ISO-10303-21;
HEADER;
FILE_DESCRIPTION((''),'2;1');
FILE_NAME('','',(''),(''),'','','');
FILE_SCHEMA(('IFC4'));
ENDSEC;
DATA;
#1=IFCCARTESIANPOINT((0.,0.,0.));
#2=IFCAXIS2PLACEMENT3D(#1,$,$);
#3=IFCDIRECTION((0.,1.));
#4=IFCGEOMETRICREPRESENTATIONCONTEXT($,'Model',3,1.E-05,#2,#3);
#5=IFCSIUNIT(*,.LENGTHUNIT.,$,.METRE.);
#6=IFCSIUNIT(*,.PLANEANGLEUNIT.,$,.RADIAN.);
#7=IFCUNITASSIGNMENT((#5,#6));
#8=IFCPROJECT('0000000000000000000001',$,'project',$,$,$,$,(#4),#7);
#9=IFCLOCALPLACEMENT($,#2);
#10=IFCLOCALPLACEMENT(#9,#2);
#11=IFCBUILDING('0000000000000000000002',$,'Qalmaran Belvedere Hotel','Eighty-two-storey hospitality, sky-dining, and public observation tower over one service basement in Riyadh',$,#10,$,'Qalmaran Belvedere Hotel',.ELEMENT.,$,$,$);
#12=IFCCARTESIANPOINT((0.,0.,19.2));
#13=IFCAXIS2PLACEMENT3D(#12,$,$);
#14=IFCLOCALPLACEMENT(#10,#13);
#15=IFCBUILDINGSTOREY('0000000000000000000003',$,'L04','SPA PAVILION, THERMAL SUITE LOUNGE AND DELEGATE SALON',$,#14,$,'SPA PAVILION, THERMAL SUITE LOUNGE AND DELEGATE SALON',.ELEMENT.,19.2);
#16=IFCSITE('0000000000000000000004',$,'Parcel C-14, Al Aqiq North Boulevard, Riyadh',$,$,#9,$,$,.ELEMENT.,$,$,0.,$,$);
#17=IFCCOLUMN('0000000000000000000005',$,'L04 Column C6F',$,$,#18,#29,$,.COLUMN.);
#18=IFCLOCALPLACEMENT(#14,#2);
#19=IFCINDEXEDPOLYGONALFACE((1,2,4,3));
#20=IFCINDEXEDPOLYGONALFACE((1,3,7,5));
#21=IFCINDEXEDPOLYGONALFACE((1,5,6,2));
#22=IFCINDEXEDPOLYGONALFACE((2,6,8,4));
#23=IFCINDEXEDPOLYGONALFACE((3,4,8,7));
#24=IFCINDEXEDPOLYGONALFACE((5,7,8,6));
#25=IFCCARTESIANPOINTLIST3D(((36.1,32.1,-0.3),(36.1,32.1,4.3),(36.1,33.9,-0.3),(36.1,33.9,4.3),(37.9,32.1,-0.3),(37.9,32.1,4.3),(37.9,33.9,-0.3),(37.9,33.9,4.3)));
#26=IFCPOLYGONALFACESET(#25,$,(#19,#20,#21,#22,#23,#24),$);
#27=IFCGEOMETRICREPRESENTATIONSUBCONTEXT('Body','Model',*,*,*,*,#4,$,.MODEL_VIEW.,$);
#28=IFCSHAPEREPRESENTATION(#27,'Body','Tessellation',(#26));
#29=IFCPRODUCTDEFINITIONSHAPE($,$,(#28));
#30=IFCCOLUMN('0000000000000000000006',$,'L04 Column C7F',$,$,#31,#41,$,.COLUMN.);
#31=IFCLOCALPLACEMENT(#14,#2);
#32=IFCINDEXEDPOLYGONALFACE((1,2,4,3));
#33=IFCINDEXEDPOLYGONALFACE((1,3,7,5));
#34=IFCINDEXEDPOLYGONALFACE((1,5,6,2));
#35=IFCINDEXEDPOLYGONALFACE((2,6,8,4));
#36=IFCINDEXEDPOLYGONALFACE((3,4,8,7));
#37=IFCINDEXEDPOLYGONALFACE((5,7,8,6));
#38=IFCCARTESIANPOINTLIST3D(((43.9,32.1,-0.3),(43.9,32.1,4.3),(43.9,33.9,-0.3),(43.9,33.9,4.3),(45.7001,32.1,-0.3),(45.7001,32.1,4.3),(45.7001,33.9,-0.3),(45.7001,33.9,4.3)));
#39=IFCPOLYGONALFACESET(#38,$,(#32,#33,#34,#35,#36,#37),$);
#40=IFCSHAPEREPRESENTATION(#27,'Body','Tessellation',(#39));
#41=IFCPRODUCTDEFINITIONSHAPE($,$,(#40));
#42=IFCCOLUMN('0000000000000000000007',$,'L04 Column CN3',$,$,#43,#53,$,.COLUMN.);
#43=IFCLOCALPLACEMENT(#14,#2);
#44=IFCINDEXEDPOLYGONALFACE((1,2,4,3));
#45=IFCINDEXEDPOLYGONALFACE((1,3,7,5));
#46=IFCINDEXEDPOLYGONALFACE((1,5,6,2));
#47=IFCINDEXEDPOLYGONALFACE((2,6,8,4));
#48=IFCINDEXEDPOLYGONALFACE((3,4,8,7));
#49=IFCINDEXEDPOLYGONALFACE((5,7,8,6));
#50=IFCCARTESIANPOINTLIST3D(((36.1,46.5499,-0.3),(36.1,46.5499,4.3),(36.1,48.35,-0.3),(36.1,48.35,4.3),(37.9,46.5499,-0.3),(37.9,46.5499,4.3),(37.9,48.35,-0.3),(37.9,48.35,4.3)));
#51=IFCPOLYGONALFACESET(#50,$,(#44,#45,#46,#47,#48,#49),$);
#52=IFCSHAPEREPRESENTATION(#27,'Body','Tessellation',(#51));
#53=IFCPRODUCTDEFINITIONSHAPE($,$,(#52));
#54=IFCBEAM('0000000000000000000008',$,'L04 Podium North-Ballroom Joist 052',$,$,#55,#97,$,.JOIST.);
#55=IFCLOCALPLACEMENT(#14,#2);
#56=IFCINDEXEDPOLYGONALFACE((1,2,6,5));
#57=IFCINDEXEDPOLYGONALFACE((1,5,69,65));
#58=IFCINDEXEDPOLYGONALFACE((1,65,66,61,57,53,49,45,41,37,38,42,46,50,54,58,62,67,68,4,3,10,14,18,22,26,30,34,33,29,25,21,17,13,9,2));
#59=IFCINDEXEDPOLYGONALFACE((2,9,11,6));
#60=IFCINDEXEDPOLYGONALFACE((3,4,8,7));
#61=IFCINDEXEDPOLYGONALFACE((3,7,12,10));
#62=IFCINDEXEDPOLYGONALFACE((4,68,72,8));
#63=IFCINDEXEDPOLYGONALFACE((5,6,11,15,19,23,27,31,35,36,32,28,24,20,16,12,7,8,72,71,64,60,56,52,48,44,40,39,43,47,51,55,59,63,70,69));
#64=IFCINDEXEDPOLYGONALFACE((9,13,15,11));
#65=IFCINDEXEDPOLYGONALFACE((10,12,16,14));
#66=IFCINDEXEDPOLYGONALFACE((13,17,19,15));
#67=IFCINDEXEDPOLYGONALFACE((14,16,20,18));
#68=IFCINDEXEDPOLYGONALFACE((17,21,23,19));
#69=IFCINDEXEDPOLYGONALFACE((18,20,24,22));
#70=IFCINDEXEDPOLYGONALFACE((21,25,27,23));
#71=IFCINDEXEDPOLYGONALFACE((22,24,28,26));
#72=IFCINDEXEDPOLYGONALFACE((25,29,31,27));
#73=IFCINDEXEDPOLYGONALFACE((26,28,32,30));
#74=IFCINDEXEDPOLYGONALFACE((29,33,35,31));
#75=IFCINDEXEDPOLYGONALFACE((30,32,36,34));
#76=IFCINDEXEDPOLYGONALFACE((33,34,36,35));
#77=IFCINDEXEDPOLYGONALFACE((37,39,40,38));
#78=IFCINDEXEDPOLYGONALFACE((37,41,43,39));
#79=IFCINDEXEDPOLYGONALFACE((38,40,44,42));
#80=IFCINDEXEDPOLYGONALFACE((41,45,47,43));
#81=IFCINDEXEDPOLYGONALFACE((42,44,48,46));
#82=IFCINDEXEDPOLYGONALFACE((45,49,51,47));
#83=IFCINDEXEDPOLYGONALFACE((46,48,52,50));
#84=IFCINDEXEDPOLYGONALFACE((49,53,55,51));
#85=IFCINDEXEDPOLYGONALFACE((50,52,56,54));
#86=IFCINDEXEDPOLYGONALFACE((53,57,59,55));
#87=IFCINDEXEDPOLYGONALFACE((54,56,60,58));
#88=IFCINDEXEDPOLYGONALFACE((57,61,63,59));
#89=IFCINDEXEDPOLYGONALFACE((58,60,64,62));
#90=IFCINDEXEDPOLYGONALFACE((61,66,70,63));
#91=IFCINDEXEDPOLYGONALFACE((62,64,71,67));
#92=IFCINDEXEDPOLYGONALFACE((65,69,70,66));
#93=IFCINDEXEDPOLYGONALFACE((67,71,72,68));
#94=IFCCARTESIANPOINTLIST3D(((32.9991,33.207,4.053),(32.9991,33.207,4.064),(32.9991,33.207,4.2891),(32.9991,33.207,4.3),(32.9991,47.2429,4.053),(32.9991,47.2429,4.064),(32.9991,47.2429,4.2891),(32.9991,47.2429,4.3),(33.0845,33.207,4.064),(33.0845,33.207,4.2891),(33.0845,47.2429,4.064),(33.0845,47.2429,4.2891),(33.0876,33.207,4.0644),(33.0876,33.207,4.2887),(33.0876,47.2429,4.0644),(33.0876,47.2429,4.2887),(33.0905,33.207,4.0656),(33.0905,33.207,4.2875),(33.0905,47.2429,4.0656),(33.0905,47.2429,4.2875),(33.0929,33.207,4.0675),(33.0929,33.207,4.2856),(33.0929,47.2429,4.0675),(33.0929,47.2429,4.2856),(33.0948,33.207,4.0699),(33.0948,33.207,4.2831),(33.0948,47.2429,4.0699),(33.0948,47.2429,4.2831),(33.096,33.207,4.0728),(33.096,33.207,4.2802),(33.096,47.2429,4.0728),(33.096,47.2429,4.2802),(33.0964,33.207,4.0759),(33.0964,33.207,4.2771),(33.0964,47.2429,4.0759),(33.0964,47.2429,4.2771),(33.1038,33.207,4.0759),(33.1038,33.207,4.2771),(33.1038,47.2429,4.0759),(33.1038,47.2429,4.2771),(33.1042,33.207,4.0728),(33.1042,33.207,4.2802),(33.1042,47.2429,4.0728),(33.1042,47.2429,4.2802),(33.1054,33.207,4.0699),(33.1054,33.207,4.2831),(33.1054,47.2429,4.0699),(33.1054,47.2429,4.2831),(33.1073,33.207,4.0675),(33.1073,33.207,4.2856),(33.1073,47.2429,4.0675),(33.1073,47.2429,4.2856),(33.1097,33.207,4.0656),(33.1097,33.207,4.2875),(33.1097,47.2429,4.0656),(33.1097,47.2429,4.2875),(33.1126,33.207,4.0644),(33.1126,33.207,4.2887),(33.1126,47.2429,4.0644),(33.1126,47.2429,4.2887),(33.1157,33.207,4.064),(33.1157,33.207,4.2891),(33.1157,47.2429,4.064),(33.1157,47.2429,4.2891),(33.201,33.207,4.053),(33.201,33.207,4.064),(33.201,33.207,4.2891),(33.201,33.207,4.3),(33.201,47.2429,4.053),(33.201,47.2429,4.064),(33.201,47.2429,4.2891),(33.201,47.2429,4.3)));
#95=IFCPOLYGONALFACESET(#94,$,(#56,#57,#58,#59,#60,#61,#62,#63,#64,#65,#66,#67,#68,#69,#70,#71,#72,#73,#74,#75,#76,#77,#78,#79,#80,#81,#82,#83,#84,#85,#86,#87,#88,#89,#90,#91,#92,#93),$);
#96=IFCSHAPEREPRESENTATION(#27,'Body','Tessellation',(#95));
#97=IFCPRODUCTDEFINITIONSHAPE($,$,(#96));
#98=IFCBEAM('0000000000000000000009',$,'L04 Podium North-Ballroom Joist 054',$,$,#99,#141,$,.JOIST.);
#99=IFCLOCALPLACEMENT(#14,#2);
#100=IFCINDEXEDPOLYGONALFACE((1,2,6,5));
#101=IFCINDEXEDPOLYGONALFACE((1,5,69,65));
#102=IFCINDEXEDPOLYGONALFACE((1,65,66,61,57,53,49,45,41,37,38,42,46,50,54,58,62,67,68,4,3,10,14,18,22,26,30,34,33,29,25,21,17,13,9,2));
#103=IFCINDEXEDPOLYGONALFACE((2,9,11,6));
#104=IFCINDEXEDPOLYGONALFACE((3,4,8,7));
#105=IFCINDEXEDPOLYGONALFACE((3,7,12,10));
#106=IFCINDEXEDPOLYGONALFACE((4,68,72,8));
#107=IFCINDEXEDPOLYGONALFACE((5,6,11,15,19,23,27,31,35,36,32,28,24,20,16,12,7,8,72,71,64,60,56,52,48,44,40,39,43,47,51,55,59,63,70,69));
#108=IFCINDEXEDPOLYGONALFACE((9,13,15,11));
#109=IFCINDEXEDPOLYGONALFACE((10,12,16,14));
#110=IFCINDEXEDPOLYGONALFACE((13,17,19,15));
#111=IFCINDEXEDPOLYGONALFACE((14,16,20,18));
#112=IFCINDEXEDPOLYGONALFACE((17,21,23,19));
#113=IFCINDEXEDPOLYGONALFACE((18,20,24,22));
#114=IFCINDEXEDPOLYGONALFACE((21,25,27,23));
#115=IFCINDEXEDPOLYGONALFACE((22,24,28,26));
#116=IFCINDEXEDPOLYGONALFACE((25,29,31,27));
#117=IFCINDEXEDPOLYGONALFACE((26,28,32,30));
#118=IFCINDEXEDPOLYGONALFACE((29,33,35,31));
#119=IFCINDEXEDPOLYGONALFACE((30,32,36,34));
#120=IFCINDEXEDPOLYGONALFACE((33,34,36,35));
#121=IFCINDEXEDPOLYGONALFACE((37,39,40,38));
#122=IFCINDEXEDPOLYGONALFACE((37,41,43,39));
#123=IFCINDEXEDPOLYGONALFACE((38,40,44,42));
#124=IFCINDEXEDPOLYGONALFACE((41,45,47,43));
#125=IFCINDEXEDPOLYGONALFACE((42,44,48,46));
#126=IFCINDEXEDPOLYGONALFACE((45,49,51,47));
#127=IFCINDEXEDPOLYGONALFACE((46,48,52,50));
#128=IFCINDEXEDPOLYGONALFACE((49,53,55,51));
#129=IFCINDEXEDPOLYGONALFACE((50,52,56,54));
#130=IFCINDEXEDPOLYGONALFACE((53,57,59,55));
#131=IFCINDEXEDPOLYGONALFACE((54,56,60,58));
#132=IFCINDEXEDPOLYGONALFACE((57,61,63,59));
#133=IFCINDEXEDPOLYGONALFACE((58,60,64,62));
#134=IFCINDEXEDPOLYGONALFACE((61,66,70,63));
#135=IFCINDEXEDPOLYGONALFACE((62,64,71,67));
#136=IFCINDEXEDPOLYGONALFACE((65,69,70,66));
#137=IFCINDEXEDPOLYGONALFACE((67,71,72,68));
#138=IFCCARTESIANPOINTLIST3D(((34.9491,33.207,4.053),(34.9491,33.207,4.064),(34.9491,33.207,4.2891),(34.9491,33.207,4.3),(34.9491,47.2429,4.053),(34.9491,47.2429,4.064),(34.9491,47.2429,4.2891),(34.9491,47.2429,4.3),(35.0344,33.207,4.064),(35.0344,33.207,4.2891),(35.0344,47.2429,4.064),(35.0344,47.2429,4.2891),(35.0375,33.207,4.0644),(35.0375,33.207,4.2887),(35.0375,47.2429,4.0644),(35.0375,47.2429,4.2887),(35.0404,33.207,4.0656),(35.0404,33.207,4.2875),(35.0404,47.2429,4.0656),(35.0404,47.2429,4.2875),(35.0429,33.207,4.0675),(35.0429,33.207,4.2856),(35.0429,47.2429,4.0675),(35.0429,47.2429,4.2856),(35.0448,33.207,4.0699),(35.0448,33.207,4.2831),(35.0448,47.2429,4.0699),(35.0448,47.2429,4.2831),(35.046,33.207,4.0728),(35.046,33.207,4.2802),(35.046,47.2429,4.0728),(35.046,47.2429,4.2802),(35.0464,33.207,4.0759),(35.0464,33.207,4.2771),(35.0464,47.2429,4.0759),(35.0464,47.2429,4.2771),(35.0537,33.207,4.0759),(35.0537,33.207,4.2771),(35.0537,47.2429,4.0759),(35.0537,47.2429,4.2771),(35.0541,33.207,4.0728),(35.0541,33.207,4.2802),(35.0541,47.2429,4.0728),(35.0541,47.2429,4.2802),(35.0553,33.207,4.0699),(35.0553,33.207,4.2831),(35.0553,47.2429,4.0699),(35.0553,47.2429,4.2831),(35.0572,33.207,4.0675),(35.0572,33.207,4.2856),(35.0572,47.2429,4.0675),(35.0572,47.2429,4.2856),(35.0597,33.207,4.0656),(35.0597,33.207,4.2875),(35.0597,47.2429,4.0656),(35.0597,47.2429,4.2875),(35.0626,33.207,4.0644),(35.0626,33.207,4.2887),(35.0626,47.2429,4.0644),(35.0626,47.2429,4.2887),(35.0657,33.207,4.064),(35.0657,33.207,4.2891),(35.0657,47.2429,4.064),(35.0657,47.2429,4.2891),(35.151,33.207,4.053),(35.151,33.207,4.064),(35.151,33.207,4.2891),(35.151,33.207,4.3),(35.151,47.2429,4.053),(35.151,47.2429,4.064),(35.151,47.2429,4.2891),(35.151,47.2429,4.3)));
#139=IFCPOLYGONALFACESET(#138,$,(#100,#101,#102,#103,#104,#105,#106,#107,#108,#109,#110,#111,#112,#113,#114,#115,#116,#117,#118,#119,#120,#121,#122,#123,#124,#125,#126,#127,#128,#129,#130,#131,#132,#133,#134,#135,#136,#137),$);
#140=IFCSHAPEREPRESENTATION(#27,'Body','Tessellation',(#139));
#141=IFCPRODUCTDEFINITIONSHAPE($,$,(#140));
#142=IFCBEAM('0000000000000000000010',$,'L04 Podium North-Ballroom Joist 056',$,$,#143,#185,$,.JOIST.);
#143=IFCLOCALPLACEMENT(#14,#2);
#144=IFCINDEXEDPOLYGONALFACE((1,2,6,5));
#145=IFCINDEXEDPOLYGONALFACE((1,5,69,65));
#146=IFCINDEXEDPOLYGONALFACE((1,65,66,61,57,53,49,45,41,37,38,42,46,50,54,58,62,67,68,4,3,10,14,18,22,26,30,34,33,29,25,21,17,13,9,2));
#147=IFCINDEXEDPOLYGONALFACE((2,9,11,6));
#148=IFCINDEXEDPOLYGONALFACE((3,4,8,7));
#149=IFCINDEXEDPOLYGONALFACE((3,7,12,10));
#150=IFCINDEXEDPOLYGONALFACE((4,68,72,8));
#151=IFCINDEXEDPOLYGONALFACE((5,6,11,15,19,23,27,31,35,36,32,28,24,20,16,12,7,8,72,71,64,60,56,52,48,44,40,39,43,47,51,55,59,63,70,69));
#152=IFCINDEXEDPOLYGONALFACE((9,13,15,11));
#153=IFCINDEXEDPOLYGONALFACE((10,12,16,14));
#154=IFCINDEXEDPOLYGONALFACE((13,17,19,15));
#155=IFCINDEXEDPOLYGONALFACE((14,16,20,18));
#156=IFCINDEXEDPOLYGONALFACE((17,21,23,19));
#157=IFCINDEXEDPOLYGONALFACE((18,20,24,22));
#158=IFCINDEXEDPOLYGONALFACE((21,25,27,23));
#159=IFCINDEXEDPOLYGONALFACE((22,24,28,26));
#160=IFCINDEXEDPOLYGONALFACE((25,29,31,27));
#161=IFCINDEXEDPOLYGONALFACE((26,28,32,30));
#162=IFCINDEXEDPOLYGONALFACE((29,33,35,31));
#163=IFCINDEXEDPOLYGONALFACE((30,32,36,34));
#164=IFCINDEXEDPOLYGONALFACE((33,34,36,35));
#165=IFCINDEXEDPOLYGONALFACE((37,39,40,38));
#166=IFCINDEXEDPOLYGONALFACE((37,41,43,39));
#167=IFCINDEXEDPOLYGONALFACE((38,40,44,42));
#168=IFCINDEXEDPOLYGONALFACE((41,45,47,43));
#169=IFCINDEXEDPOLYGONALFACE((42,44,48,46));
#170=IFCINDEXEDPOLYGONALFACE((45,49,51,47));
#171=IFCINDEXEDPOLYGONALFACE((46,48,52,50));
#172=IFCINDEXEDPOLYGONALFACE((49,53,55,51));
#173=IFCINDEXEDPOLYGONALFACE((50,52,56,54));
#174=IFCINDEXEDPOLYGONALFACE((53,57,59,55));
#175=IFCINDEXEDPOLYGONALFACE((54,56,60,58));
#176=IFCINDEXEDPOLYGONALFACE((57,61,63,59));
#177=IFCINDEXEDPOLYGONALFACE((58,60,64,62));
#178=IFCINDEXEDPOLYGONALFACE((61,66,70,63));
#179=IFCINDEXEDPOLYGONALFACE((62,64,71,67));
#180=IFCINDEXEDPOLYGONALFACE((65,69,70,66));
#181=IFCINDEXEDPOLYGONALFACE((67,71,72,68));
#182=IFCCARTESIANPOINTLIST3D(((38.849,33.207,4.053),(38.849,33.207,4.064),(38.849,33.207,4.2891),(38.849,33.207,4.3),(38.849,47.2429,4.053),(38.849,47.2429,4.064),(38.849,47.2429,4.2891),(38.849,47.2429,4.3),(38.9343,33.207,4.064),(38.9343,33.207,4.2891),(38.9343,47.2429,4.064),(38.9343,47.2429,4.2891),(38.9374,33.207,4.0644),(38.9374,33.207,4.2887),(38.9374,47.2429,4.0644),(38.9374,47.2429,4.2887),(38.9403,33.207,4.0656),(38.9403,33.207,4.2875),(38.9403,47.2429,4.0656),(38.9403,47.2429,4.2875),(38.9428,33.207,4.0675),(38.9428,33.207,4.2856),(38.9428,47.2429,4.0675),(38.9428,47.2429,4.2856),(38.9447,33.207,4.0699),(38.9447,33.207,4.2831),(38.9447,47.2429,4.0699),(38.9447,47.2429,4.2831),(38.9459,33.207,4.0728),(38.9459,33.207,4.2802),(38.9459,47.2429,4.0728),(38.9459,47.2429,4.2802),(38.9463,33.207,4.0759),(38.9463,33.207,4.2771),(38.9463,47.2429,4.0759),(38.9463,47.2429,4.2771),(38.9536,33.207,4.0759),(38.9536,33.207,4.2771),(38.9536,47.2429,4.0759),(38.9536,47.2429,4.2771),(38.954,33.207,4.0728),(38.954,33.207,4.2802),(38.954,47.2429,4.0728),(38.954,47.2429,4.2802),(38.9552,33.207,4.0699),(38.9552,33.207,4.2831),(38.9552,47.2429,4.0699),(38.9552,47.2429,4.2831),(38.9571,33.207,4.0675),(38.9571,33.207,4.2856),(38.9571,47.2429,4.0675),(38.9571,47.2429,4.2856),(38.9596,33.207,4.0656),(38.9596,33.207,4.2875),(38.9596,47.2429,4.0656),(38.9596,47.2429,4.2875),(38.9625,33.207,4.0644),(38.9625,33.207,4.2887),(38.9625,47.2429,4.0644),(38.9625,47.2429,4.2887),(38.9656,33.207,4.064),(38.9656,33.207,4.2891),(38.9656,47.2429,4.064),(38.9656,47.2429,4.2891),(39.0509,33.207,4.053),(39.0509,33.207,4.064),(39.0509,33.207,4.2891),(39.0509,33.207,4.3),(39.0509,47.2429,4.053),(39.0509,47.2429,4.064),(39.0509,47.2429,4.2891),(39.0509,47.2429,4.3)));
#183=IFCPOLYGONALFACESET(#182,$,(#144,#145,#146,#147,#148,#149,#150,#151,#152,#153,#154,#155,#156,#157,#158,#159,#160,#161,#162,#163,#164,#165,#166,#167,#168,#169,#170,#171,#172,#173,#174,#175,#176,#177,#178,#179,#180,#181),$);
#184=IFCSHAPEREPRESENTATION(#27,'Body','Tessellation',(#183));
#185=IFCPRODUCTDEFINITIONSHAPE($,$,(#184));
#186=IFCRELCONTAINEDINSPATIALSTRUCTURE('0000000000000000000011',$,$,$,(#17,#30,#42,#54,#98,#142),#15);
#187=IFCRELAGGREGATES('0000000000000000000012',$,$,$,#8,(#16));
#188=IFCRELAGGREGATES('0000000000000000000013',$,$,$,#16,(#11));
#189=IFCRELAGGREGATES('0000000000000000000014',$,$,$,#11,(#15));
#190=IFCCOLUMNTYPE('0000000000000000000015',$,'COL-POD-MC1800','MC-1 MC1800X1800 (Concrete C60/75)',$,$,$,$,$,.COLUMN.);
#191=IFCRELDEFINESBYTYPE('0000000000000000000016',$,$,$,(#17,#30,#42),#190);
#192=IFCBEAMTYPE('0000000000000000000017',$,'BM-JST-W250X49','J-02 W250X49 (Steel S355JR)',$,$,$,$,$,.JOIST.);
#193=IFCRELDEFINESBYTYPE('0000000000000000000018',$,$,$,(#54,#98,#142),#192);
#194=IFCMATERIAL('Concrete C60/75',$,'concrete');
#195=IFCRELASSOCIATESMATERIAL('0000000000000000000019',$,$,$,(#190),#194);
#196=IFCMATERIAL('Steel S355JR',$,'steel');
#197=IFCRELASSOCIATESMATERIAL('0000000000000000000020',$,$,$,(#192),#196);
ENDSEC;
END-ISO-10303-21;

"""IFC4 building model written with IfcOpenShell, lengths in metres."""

from ifc_helpers import new_model, si_unit, direction, frame, origin, origin_2d, place, context, subcontext, project, spatial, rectangle, i_section, extrude, material, material_profile, profile_set, type_object, element, save


model = new_model("IFC4")

# Units and contexts
model_context = context("Model", 3, precision=1e-05, world=origin(), true_north=direction((0.0, 1.0)))
body_context = subcontext(model_context, "Body", "Model", "MODEL_VIEW")
ifc_project = project(units=[si_unit("LENGTHUNIT", "METRE"), si_unit("PLANEANGLEUNIT", "RADIAN")], contexts=[model_context])

# Site, building, storey
site_placement = place(None, origin())
site = spatial("IfcSite", under=ifc_project, at=site_placement, Name="Parcel C-14, Al Aqiq North Boulevard, Riyadh", CompositionType="ELEMENT", RefElevation=0.0)
building_placement = place(site_placement, origin())
building = spatial("IfcBuilding", under=site, at=building_placement, Name="Qalmaran Belvedere Hotel", Description="Eighty-two-storey hospitality, sky-dining, and public observation tower over one service basement in Riyadh", LongName="Qalmaran Belvedere Hotel", CompositionType="ELEMENT")
storey_placement = place(building_placement, frame((0.0, 0.0, 19.2)))
storey = spatial("IfcBuildingStorey", under=building, at=storey_placement, Name="L04", Description="SPA PAVILION, THERMAL SUITE LOUNGE AND DELEGATE SALON", LongName="SPA PAVILION, THERMAL SUITE LOUNGE AND DELEGATE SALON", CompositionType="ELEMENT", Elevation=19.2)

# Columns
ifc_material_1 = material(Name="Concrete C60/75", Category="concrete")
ifc_material_profile_1 = material_profile(ifc_material_1, rectangle(XDim=1.8, YDim=1.8, at=origin_2d()), Name="MC1800X1800")
ifc_profile_set_1 = profile_set([ifc_material_profile_1], Name="Concrete C60/75")
column_type = type_object("IfcColumnType", Name="COL-POD-MC1800", Description="MC-1 MC1800X1800 (Concrete C60/75)", PredefinedType="COLUMN", material=ifc_profile_set_1)
for number, where, z_axis, x_axis, name in (
    (1, (37.0, 33.0, -0.3), (0.0, 0.0, 1.0), (1.0, 0.0, 0.0), "L04 Column C6F"),
    (2, (44.8, 33.0, -0.3), (0.0, 0.0, 1.0), (1.0, 0.0, 0.0), "L04 Column C7F"),
    (3, (37.0, 47.45, -0.3), (0.0, 0.0, 1.0), (1.0, 0.0, 0.0), "L04 Column CN3"),
):
    element("IfcColumn", number, at=place(storey_placement, frame(where, z_axis=z_axis, x_axis=x_axis)), inside=storey, type_object=column_type, Name=name, PredefinedType="COLUMN", context=body_context, shape_type="SweptSolid", body=[
        extrude(rectangle(XDim=1.8, YDim=1.8, at=origin_2d()), origin(), (0.0, 0.0, 1.0), 4.6001),
    ])

# Beams
ifc_material_2 = material(Name="Steel S355JR", Category="steel")
ifc_material_profile_2 = material_profile(ifc_material_2, i_section(OverallWidth=0.2019, OverallDepth=0.2471, WebThickness=0.0073, FlangeThickness=0.011, FilletRadius=0.012, at=origin_2d()), Name="W250X49")
ifc_profile_set_2 = profile_set([ifc_material_profile_2], Name="Steel S355JR")
beam_type_1 = type_object("IfcBeamType", Name="BM-JST-W250X49", Description="J-02 W250X49 (Steel S355JR)", PredefinedType="JOIST", material=ifc_profile_set_2)
for number, where, z_axis, x_axis, name in (
    (4, (33.1001, 33.207, 4.1765), (0.0, 1.0, 0.0), (-1.0, 0.0, 0.0), "L04 Podium North-Ballroom Joist 052"),
    (5, (35.05, 33.207, 4.1765), (0.0, 1.0, 0.0), (-1.0, 0.0, 0.0), "L04 Podium North-Ballroom Joist 054"),
    (6, (38.95, 33.207, 4.1765), (0.0, 1.0, 0.0), (-1.0, 0.0, 0.0), "L04 Podium North-Ballroom Joist 056"),
):
    element("IfcBeam", number, at=place(storey_placement, frame(where, z_axis=z_axis, x_axis=x_axis)), inside=storey, type_object=beam_type_1, Name=name, PredefinedType="JOIST", context=body_context, shape_type="SweptSolid", body=[
        extrude(i_section(OverallWidth=0.2019, OverallDepth=0.2471, WebThickness=0.0073, FlangeThickness=0.011, FilletRadius=0.012, at=origin_2d()), origin(), (0.0, 0.0, 1.0), 14.0359),
    ])

save(model, "model.ifc")
